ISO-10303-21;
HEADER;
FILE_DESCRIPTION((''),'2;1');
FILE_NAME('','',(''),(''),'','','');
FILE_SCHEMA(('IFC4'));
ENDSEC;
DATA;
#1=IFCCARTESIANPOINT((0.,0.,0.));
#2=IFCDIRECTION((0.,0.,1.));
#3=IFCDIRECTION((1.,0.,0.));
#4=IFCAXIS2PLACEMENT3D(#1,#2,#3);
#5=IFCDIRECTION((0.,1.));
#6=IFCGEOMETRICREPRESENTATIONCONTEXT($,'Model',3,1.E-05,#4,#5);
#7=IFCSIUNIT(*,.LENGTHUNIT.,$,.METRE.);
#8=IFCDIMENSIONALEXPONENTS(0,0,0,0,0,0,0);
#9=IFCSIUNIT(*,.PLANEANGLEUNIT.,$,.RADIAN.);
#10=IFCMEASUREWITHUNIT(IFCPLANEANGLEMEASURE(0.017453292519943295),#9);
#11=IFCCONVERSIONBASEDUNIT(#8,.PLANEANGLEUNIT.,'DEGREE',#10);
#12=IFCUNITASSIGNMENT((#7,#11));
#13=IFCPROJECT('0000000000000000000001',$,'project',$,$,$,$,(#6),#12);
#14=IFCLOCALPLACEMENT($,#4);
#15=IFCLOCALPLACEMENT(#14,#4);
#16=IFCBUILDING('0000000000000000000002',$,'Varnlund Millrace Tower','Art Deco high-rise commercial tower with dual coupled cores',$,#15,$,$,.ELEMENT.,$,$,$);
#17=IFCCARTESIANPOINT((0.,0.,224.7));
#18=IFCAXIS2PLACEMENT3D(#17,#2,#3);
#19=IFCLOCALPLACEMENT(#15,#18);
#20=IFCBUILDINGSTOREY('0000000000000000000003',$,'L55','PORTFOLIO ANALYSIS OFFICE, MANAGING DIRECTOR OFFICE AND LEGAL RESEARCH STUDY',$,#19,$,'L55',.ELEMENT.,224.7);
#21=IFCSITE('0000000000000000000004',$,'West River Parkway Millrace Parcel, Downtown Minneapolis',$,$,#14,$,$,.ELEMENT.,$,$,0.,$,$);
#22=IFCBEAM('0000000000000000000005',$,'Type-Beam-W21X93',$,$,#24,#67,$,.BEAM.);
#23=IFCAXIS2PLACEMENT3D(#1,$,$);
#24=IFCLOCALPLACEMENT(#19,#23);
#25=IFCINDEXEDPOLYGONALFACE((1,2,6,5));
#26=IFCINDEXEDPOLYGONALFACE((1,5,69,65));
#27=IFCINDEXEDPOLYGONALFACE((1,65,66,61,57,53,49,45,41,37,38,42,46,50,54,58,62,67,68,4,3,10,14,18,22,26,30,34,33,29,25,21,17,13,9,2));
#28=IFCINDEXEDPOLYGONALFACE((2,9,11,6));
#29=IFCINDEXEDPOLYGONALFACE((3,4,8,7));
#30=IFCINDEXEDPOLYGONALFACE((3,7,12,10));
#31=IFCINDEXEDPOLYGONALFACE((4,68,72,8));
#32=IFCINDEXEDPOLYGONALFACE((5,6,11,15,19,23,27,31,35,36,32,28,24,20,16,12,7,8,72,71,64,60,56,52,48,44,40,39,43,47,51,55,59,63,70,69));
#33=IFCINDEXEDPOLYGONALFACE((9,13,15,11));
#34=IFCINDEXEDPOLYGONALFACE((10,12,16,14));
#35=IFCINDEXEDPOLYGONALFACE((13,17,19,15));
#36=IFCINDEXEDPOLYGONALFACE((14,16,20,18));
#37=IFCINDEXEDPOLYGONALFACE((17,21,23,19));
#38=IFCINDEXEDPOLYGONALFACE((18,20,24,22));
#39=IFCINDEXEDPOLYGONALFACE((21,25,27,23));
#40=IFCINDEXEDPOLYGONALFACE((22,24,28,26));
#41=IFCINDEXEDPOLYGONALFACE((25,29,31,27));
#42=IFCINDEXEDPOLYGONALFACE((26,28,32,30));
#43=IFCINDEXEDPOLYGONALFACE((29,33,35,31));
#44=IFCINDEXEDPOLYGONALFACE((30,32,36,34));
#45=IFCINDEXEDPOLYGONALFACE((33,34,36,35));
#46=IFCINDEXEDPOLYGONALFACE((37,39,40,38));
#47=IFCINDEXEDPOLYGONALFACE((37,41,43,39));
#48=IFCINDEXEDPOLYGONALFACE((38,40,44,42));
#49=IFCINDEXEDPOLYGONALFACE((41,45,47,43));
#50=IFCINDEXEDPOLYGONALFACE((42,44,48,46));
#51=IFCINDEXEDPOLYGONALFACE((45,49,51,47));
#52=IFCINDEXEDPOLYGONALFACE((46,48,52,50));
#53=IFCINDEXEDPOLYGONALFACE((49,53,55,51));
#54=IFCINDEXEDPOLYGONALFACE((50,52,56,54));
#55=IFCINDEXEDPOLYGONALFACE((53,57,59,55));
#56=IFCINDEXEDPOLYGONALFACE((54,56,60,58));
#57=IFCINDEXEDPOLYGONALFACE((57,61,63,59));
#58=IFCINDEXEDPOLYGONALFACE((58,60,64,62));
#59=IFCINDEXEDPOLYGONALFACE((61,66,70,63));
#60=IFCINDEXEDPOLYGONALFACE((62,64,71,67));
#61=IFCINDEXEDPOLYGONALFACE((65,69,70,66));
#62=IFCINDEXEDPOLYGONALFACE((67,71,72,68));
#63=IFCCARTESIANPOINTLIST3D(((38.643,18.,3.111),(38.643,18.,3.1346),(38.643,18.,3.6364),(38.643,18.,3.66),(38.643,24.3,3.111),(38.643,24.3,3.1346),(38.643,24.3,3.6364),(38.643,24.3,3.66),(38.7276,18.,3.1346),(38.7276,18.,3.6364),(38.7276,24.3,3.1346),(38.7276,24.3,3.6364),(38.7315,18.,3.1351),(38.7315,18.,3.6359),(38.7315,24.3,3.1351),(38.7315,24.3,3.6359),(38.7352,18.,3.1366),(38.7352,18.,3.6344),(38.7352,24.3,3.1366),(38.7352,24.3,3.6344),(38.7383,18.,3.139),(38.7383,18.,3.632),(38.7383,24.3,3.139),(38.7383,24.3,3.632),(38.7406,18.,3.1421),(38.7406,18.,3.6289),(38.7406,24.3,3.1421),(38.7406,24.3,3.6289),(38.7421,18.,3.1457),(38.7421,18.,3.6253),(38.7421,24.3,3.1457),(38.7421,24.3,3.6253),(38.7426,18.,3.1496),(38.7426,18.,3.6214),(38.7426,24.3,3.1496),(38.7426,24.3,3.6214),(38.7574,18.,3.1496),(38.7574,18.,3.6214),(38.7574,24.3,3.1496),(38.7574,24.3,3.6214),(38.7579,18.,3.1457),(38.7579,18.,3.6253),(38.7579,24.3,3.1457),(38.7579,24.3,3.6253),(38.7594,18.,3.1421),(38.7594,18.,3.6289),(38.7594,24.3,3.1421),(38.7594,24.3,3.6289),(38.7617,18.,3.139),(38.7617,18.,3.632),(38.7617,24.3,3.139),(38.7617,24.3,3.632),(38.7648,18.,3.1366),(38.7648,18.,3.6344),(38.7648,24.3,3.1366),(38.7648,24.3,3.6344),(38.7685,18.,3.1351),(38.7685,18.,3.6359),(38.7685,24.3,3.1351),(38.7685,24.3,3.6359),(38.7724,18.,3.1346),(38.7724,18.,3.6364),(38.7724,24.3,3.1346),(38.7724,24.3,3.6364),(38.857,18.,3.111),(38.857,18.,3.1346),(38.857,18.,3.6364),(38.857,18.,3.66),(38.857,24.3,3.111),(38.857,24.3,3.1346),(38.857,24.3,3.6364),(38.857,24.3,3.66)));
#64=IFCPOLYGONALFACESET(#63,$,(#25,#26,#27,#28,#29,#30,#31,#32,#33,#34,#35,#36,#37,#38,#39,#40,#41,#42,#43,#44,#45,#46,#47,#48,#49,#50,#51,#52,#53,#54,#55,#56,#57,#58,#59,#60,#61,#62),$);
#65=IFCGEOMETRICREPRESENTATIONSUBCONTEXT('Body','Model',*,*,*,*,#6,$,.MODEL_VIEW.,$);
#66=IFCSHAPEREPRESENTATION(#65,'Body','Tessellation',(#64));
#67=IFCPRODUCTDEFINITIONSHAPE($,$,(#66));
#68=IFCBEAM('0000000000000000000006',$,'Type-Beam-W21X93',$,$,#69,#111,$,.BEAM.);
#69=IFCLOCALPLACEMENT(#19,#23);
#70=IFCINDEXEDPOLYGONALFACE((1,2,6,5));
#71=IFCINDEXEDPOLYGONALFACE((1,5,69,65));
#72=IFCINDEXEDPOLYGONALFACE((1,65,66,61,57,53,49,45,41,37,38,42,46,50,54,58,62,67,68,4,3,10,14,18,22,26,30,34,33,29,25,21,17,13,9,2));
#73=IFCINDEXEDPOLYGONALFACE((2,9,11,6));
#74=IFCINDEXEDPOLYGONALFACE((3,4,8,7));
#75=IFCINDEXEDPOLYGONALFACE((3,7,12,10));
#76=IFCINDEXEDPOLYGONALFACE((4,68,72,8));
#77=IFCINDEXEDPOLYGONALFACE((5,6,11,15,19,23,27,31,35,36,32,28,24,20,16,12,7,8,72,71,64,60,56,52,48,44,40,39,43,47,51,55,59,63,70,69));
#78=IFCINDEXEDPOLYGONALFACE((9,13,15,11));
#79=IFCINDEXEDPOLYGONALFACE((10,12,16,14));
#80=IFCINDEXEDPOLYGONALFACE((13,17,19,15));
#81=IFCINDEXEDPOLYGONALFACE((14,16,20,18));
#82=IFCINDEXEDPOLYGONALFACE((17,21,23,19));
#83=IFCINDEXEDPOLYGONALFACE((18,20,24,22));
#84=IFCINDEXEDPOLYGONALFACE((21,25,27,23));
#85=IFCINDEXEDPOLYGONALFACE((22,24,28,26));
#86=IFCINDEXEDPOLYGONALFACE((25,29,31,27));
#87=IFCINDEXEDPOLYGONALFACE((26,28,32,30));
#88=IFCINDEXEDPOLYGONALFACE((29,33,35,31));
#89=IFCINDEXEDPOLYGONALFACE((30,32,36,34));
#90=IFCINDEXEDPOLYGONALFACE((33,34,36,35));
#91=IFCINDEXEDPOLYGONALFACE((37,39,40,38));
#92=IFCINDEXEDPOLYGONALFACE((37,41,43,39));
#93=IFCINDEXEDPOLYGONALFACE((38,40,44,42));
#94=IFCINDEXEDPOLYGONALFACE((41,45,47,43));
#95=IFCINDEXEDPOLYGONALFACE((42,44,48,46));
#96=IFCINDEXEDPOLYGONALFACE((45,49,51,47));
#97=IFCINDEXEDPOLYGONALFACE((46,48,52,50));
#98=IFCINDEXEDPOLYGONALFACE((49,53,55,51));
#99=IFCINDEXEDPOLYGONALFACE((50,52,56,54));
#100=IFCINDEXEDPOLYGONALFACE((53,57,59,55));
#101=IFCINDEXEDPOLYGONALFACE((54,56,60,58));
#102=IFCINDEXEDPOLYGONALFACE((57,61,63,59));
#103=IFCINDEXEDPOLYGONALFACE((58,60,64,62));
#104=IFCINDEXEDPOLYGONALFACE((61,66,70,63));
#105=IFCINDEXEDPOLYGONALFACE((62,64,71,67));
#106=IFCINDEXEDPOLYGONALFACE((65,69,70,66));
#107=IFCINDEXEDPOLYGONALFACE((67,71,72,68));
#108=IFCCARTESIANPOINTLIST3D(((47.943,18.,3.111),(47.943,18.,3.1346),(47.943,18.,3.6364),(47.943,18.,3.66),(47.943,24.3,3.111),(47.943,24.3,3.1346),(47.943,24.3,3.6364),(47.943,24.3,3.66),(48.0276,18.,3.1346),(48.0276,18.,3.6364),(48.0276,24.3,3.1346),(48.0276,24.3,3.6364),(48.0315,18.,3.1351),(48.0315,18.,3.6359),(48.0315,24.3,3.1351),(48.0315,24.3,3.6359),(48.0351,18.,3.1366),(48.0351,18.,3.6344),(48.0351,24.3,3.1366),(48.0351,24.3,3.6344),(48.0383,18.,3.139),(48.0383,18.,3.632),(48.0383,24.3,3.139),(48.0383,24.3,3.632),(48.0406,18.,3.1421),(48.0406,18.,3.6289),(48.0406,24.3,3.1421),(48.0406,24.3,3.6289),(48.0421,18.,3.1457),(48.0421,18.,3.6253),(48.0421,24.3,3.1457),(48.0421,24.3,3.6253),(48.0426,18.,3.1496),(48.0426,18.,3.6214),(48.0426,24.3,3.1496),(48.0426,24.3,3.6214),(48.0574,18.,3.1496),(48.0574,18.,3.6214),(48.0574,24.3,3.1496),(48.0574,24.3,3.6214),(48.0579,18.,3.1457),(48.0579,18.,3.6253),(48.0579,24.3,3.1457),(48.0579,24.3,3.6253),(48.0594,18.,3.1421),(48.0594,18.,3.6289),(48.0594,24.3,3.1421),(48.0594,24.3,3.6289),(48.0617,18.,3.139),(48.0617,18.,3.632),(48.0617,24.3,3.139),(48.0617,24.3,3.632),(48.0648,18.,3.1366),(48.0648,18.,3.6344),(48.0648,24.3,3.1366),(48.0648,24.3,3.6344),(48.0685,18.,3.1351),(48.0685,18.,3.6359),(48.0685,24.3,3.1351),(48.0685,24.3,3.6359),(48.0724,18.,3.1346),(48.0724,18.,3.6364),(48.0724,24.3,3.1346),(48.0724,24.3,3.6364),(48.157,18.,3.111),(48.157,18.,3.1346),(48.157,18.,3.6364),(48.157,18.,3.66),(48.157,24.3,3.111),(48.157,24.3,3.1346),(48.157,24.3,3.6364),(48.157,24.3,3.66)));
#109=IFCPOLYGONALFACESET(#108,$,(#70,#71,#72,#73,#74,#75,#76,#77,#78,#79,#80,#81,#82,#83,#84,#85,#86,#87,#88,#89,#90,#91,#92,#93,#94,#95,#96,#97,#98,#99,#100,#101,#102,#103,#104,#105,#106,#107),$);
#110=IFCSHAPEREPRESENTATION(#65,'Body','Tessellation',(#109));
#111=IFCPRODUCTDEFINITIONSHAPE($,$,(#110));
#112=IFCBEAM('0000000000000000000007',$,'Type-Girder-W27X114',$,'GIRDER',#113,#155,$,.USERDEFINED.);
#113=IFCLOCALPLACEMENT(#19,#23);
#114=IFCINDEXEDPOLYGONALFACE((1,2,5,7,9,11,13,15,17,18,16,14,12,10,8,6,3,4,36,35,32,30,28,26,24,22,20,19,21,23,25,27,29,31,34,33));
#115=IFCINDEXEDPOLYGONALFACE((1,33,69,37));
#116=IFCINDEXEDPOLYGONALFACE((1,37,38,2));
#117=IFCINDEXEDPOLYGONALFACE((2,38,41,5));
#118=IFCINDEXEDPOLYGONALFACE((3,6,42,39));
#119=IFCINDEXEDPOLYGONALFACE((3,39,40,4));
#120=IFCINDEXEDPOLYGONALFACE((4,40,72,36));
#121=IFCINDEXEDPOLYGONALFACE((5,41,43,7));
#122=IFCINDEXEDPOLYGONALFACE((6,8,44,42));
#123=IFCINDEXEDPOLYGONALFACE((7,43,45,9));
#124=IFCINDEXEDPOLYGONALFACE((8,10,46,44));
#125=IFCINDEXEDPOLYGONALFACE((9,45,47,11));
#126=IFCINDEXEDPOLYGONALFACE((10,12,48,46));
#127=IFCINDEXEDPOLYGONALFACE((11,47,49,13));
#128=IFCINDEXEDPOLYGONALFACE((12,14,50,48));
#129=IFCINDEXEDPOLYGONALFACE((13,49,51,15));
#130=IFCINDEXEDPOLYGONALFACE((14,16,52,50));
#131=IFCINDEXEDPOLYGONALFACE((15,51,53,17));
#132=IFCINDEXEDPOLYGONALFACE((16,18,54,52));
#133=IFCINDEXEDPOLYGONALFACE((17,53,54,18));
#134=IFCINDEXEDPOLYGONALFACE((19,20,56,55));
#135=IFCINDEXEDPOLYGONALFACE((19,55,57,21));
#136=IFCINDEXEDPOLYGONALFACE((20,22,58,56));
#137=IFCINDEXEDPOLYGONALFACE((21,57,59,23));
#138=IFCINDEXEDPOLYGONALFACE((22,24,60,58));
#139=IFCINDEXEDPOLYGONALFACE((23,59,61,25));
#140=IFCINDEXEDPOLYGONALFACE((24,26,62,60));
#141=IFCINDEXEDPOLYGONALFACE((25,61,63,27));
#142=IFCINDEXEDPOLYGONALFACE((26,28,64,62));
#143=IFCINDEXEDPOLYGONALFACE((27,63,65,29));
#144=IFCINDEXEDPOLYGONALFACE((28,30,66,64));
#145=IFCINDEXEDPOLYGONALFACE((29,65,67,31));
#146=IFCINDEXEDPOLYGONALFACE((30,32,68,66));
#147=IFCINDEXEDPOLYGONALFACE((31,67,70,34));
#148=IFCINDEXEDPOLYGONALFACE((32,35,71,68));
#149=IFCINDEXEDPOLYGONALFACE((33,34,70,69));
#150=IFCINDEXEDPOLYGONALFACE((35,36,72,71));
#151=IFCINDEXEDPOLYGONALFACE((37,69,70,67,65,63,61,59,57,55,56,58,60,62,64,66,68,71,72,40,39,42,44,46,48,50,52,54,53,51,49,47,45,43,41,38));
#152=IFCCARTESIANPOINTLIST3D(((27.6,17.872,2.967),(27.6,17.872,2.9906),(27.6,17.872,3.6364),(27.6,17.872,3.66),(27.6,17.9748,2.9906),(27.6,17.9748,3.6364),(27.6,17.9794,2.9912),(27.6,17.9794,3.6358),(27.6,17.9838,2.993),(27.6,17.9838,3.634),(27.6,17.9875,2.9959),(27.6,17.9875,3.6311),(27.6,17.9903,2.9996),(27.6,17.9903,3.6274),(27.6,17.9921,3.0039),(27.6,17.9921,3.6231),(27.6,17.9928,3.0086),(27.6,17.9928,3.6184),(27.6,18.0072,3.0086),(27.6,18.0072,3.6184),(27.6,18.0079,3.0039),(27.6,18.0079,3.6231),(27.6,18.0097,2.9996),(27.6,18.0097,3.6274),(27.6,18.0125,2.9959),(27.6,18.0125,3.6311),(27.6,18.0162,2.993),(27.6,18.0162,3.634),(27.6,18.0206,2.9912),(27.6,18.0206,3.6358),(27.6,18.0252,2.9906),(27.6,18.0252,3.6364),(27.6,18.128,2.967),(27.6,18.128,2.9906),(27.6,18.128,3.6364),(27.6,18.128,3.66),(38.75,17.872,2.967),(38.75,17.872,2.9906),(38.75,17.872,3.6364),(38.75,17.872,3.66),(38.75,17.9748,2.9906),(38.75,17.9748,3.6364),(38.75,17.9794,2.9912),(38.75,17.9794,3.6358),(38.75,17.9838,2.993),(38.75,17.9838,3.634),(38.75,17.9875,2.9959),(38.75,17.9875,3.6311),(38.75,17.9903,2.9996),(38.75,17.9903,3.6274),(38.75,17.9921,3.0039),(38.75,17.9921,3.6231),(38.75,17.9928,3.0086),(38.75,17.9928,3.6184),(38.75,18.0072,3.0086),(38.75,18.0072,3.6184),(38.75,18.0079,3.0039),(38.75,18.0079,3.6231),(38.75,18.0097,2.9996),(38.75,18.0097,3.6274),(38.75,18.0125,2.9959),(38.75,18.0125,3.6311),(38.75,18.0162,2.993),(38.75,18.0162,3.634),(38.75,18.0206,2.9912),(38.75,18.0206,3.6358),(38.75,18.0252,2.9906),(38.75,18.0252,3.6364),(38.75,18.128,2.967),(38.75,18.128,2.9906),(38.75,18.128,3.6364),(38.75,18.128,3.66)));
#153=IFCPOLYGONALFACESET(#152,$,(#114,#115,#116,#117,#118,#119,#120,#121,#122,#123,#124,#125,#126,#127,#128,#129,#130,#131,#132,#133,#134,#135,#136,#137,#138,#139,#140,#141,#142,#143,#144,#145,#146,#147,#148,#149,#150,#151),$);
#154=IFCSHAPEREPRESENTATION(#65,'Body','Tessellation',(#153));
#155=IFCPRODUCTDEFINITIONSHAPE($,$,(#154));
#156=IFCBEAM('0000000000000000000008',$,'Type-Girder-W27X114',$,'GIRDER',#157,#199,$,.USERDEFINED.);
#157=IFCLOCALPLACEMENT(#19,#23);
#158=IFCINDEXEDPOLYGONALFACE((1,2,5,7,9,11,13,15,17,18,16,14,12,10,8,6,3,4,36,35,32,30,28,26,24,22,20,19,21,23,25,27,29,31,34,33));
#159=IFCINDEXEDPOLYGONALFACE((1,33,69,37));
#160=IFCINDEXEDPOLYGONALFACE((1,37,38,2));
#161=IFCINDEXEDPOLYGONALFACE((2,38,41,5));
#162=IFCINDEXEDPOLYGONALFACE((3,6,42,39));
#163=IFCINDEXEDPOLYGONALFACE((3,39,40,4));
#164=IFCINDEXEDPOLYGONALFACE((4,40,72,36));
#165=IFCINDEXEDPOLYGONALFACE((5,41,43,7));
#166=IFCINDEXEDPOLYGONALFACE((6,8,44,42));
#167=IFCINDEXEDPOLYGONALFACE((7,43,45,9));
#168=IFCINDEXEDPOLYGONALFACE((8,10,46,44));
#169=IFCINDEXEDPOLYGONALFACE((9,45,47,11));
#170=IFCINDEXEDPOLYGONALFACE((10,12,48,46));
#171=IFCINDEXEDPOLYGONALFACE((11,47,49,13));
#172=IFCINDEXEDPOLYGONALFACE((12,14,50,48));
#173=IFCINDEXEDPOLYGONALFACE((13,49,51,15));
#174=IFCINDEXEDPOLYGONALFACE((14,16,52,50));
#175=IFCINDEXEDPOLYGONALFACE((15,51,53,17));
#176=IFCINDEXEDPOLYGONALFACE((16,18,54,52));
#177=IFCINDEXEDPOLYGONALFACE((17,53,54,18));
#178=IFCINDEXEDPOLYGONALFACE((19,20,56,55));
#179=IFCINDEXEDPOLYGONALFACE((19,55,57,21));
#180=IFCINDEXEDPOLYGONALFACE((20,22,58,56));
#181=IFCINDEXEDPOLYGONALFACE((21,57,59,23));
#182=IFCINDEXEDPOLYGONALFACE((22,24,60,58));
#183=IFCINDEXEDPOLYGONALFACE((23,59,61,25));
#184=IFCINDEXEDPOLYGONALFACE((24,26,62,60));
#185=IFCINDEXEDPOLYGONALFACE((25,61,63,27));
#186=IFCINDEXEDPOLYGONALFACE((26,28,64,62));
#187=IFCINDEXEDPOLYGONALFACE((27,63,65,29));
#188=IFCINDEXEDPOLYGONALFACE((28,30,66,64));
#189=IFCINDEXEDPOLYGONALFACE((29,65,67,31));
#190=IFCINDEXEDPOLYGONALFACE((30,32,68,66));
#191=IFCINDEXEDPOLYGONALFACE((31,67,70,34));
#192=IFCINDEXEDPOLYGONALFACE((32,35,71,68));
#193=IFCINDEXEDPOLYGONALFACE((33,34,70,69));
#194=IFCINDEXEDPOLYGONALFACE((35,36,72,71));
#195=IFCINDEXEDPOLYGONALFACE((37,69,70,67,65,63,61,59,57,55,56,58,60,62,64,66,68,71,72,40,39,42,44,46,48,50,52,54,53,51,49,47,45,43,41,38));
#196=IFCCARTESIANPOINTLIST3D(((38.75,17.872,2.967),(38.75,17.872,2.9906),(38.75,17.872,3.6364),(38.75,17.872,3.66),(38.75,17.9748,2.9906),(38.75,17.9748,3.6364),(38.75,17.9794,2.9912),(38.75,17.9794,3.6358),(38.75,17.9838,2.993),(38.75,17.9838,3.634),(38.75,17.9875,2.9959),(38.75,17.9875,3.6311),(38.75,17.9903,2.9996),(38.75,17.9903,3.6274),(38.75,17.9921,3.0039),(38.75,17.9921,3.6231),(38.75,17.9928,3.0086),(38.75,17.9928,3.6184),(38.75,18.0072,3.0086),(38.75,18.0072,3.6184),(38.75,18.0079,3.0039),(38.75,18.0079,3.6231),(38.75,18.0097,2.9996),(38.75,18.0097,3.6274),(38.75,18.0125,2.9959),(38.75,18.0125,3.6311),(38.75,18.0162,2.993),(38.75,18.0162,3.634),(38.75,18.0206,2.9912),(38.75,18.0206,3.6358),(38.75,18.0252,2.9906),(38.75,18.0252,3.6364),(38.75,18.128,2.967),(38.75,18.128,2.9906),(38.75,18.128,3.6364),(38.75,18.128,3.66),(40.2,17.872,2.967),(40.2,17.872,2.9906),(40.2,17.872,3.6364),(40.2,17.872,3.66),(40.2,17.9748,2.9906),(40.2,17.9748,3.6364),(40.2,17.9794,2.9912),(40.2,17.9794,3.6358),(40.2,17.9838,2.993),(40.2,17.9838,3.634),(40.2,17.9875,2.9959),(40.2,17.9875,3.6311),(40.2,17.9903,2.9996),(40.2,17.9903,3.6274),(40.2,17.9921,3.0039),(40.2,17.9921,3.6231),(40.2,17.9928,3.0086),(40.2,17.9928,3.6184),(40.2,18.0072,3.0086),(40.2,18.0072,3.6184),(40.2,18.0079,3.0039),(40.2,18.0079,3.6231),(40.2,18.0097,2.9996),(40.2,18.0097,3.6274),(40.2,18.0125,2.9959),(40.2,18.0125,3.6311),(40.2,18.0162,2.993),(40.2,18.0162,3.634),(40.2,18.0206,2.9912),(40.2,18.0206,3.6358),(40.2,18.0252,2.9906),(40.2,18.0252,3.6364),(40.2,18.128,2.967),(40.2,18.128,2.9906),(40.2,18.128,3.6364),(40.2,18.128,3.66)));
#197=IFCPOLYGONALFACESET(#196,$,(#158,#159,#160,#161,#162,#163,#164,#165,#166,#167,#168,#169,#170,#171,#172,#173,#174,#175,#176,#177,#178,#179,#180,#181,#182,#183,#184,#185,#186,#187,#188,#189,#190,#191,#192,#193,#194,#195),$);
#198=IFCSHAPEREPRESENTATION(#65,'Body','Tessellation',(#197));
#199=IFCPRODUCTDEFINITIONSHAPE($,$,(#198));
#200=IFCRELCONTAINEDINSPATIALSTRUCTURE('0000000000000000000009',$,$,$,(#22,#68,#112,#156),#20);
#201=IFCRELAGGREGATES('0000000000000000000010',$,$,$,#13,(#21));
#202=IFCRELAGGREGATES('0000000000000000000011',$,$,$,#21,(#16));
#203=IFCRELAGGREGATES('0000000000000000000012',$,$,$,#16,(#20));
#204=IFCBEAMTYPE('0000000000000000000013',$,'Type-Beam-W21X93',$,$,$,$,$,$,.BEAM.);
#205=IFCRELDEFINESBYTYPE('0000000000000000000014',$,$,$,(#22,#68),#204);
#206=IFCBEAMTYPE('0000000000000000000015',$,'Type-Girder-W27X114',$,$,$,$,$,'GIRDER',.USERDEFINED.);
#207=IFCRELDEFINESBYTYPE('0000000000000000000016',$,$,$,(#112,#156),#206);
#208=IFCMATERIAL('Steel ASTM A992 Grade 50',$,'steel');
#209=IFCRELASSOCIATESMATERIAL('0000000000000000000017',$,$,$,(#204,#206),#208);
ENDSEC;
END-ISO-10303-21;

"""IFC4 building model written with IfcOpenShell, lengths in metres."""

from ifc_helpers import new_model, entity, si_unit, converted_unit, direction, frame, origin_with_axes, origin_2d_with_axis, place, context, subcontext, project, spatial, i_section, extrude, material, material_profile, profile_set, type_object, element, save


model = new_model("IFC4")

# Units and contexts
model_context = context("Model", 3, precision=1e-05, world=origin_with_axes(), true_north=direction((0.0, 1.0)))
body_context = subcontext(model_context, "Body", "Model", "MODEL_VIEW")
ifc_project = project(units=[si_unit("LENGTHUNIT", "METRE"), converted_unit("PLANEANGLEUNIT", "DEGREE", entity("IfcPlaneAngleMeasure", 0.017453292519943295), si_unit("PLANEANGLEUNIT", "RADIAN"), dimensions=[0, 0, 0, 0, 0, 0, 0])], contexts=[model_context])

# Site, building, storey
site_placement = place(None, origin_with_axes())
site = spatial("IfcSite", under=ifc_project, at=site_placement, Name="West River Parkway Millrace Parcel, Downtown Minneapolis", CompositionType="ELEMENT", RefElevation=0.0)
building_placement = place(site_placement, origin_with_axes())
building = spatial("IfcBuilding", under=site, at=building_placement, Name="Varnlund Millrace Tower", Description="Art Deco high-rise commercial tower with dual coupled cores", CompositionType="ELEMENT")
storey_placement = place(building_placement, frame((0.0, 0.0, 224.7), z_axis=(0.0, 0.0, 1.0), x_axis=(1.0, 0.0, 0.0)))
storey = spatial("IfcBuildingStorey", under=building, at=storey_placement, Name="L55", Description="PORTFOLIO ANALYSIS OFFICE, MANAGING DIRECTOR OFFICE AND LEGAL RESEARCH STUDY", LongName="L55", CompositionType="ELEMENT", Elevation=224.7)

# Beams
ifc_material_1 = material(Name="Steel ASTM A992 Grade 50", Category="steel")
ifc_material_profile_1 = material_profile(ifc_material_1, i_section(OverallWidth=0.214, OverallDepth=0.549, WebThickness=0.0147, FlangeThickness=0.0236, FilletRadius=0.015, at=origin_2d_with_axis()), Name="Steel ASTM A992 Grade 50")
ifc_profile_set_1 = profile_set([ifc_material_profile_1], Name="Steel ASTM A992 Grade 50")
beam_type_1 = type_object("IfcBeamType", Name="Type-Beam-W21X93", PredefinedType="BEAM", material=ifc_profile_set_1)
for number, where, z_axis, x_axis, name in (
    (1, (38.75, 18.0, 3.3855), (0.0, 1.0, 0.0), (-1.0, 0.0, 0.0), "Type-Beam-W21X93"),
    (2, (48.05, 18.0, 3.3855), (0.0, 1.0, 0.0), (-1.0, 0.0, 0.0), "Type-Beam-W21X93"),
):
    element("IfcBeam", number, at=place(storey_placement, frame(where, z_axis=z_axis, x_axis=x_axis)), inside=storey, type_object=beam_type_1, Name=name, PredefinedType="BEAM", context=body_context, shape_type="SweptSolid", body=[
        extrude(i_section(OverallWidth=0.214, OverallDepth=0.549, WebThickness=0.0147, FlangeThickness=0.0236, FilletRadius=0.015, at=origin_2d_with_axis()), origin_with_axes(), (0.0, 0.0, 1.0), 6.3),
    ])
ifc_material_profile_2 = material_profile(ifc_material_1, i_section(OverallWidth=0.256, OverallDepth=0.693, WebThickness=0.0145, FlangeThickness=0.0236, FilletRadius=0.018, at=origin_2d_with_axis()), Name="Steel ASTM A992 Grade 50")
ifc_profile_set_2 = profile_set([ifc_material_profile_2], Name="Steel ASTM A992 Grade 50")
beam_type_2 = type_object("IfcBeamType", Name="Type-Girder-W27X114", ElementType="GIRDER", PredefinedType="USERDEFINED", material=ifc_profile_set_2)
beam_1_placement = place(storey_placement, frame((27.6, 18.0, 3.3135), z_axis=(1.0, 0.0, 0.0), x_axis=(0.0, 1.0, 0.0)))
element("IfcBeam", 3, at=beam_1_placement, inside=storey, type_object=beam_type_2, Name="Type-Girder-W27X114", ObjectType="GIRDER", PredefinedType="USERDEFINED", context=body_context, shape_type="SweptSolid", body=[
    extrude(i_section(OverallWidth=0.256, OverallDepth=0.693, WebThickness=0.0145, FlangeThickness=0.0236, FilletRadius=0.018, at=origin_2d_with_axis()), origin_with_axes(), (0.0, 0.0, 1.0), 11.15),
])
beam_2_placement = place(storey_placement, frame((38.75, 18.0, 3.3135), z_axis=(1.0, 0.0, 0.0), x_axis=(0.0, 1.0, 0.0)))
element("IfcBeam", 4, at=beam_2_placement, inside=storey, type_object=beam_type_2, Name="Type-Girder-W27X114", ObjectType="GIRDER", PredefinedType="USERDEFINED", context=body_context, shape_type="SweptSolid", body=[
    extrude(i_section(OverallWidth=0.256, OverallDepth=0.693, WebThickness=0.0145, FlangeThickness=0.0236, FilletRadius=0.018, at=origin_2d_with_axis()), origin_with_axes(), (0.0, 0.0, 1.0), 1.45),
])

save(model, "model.ifc")
